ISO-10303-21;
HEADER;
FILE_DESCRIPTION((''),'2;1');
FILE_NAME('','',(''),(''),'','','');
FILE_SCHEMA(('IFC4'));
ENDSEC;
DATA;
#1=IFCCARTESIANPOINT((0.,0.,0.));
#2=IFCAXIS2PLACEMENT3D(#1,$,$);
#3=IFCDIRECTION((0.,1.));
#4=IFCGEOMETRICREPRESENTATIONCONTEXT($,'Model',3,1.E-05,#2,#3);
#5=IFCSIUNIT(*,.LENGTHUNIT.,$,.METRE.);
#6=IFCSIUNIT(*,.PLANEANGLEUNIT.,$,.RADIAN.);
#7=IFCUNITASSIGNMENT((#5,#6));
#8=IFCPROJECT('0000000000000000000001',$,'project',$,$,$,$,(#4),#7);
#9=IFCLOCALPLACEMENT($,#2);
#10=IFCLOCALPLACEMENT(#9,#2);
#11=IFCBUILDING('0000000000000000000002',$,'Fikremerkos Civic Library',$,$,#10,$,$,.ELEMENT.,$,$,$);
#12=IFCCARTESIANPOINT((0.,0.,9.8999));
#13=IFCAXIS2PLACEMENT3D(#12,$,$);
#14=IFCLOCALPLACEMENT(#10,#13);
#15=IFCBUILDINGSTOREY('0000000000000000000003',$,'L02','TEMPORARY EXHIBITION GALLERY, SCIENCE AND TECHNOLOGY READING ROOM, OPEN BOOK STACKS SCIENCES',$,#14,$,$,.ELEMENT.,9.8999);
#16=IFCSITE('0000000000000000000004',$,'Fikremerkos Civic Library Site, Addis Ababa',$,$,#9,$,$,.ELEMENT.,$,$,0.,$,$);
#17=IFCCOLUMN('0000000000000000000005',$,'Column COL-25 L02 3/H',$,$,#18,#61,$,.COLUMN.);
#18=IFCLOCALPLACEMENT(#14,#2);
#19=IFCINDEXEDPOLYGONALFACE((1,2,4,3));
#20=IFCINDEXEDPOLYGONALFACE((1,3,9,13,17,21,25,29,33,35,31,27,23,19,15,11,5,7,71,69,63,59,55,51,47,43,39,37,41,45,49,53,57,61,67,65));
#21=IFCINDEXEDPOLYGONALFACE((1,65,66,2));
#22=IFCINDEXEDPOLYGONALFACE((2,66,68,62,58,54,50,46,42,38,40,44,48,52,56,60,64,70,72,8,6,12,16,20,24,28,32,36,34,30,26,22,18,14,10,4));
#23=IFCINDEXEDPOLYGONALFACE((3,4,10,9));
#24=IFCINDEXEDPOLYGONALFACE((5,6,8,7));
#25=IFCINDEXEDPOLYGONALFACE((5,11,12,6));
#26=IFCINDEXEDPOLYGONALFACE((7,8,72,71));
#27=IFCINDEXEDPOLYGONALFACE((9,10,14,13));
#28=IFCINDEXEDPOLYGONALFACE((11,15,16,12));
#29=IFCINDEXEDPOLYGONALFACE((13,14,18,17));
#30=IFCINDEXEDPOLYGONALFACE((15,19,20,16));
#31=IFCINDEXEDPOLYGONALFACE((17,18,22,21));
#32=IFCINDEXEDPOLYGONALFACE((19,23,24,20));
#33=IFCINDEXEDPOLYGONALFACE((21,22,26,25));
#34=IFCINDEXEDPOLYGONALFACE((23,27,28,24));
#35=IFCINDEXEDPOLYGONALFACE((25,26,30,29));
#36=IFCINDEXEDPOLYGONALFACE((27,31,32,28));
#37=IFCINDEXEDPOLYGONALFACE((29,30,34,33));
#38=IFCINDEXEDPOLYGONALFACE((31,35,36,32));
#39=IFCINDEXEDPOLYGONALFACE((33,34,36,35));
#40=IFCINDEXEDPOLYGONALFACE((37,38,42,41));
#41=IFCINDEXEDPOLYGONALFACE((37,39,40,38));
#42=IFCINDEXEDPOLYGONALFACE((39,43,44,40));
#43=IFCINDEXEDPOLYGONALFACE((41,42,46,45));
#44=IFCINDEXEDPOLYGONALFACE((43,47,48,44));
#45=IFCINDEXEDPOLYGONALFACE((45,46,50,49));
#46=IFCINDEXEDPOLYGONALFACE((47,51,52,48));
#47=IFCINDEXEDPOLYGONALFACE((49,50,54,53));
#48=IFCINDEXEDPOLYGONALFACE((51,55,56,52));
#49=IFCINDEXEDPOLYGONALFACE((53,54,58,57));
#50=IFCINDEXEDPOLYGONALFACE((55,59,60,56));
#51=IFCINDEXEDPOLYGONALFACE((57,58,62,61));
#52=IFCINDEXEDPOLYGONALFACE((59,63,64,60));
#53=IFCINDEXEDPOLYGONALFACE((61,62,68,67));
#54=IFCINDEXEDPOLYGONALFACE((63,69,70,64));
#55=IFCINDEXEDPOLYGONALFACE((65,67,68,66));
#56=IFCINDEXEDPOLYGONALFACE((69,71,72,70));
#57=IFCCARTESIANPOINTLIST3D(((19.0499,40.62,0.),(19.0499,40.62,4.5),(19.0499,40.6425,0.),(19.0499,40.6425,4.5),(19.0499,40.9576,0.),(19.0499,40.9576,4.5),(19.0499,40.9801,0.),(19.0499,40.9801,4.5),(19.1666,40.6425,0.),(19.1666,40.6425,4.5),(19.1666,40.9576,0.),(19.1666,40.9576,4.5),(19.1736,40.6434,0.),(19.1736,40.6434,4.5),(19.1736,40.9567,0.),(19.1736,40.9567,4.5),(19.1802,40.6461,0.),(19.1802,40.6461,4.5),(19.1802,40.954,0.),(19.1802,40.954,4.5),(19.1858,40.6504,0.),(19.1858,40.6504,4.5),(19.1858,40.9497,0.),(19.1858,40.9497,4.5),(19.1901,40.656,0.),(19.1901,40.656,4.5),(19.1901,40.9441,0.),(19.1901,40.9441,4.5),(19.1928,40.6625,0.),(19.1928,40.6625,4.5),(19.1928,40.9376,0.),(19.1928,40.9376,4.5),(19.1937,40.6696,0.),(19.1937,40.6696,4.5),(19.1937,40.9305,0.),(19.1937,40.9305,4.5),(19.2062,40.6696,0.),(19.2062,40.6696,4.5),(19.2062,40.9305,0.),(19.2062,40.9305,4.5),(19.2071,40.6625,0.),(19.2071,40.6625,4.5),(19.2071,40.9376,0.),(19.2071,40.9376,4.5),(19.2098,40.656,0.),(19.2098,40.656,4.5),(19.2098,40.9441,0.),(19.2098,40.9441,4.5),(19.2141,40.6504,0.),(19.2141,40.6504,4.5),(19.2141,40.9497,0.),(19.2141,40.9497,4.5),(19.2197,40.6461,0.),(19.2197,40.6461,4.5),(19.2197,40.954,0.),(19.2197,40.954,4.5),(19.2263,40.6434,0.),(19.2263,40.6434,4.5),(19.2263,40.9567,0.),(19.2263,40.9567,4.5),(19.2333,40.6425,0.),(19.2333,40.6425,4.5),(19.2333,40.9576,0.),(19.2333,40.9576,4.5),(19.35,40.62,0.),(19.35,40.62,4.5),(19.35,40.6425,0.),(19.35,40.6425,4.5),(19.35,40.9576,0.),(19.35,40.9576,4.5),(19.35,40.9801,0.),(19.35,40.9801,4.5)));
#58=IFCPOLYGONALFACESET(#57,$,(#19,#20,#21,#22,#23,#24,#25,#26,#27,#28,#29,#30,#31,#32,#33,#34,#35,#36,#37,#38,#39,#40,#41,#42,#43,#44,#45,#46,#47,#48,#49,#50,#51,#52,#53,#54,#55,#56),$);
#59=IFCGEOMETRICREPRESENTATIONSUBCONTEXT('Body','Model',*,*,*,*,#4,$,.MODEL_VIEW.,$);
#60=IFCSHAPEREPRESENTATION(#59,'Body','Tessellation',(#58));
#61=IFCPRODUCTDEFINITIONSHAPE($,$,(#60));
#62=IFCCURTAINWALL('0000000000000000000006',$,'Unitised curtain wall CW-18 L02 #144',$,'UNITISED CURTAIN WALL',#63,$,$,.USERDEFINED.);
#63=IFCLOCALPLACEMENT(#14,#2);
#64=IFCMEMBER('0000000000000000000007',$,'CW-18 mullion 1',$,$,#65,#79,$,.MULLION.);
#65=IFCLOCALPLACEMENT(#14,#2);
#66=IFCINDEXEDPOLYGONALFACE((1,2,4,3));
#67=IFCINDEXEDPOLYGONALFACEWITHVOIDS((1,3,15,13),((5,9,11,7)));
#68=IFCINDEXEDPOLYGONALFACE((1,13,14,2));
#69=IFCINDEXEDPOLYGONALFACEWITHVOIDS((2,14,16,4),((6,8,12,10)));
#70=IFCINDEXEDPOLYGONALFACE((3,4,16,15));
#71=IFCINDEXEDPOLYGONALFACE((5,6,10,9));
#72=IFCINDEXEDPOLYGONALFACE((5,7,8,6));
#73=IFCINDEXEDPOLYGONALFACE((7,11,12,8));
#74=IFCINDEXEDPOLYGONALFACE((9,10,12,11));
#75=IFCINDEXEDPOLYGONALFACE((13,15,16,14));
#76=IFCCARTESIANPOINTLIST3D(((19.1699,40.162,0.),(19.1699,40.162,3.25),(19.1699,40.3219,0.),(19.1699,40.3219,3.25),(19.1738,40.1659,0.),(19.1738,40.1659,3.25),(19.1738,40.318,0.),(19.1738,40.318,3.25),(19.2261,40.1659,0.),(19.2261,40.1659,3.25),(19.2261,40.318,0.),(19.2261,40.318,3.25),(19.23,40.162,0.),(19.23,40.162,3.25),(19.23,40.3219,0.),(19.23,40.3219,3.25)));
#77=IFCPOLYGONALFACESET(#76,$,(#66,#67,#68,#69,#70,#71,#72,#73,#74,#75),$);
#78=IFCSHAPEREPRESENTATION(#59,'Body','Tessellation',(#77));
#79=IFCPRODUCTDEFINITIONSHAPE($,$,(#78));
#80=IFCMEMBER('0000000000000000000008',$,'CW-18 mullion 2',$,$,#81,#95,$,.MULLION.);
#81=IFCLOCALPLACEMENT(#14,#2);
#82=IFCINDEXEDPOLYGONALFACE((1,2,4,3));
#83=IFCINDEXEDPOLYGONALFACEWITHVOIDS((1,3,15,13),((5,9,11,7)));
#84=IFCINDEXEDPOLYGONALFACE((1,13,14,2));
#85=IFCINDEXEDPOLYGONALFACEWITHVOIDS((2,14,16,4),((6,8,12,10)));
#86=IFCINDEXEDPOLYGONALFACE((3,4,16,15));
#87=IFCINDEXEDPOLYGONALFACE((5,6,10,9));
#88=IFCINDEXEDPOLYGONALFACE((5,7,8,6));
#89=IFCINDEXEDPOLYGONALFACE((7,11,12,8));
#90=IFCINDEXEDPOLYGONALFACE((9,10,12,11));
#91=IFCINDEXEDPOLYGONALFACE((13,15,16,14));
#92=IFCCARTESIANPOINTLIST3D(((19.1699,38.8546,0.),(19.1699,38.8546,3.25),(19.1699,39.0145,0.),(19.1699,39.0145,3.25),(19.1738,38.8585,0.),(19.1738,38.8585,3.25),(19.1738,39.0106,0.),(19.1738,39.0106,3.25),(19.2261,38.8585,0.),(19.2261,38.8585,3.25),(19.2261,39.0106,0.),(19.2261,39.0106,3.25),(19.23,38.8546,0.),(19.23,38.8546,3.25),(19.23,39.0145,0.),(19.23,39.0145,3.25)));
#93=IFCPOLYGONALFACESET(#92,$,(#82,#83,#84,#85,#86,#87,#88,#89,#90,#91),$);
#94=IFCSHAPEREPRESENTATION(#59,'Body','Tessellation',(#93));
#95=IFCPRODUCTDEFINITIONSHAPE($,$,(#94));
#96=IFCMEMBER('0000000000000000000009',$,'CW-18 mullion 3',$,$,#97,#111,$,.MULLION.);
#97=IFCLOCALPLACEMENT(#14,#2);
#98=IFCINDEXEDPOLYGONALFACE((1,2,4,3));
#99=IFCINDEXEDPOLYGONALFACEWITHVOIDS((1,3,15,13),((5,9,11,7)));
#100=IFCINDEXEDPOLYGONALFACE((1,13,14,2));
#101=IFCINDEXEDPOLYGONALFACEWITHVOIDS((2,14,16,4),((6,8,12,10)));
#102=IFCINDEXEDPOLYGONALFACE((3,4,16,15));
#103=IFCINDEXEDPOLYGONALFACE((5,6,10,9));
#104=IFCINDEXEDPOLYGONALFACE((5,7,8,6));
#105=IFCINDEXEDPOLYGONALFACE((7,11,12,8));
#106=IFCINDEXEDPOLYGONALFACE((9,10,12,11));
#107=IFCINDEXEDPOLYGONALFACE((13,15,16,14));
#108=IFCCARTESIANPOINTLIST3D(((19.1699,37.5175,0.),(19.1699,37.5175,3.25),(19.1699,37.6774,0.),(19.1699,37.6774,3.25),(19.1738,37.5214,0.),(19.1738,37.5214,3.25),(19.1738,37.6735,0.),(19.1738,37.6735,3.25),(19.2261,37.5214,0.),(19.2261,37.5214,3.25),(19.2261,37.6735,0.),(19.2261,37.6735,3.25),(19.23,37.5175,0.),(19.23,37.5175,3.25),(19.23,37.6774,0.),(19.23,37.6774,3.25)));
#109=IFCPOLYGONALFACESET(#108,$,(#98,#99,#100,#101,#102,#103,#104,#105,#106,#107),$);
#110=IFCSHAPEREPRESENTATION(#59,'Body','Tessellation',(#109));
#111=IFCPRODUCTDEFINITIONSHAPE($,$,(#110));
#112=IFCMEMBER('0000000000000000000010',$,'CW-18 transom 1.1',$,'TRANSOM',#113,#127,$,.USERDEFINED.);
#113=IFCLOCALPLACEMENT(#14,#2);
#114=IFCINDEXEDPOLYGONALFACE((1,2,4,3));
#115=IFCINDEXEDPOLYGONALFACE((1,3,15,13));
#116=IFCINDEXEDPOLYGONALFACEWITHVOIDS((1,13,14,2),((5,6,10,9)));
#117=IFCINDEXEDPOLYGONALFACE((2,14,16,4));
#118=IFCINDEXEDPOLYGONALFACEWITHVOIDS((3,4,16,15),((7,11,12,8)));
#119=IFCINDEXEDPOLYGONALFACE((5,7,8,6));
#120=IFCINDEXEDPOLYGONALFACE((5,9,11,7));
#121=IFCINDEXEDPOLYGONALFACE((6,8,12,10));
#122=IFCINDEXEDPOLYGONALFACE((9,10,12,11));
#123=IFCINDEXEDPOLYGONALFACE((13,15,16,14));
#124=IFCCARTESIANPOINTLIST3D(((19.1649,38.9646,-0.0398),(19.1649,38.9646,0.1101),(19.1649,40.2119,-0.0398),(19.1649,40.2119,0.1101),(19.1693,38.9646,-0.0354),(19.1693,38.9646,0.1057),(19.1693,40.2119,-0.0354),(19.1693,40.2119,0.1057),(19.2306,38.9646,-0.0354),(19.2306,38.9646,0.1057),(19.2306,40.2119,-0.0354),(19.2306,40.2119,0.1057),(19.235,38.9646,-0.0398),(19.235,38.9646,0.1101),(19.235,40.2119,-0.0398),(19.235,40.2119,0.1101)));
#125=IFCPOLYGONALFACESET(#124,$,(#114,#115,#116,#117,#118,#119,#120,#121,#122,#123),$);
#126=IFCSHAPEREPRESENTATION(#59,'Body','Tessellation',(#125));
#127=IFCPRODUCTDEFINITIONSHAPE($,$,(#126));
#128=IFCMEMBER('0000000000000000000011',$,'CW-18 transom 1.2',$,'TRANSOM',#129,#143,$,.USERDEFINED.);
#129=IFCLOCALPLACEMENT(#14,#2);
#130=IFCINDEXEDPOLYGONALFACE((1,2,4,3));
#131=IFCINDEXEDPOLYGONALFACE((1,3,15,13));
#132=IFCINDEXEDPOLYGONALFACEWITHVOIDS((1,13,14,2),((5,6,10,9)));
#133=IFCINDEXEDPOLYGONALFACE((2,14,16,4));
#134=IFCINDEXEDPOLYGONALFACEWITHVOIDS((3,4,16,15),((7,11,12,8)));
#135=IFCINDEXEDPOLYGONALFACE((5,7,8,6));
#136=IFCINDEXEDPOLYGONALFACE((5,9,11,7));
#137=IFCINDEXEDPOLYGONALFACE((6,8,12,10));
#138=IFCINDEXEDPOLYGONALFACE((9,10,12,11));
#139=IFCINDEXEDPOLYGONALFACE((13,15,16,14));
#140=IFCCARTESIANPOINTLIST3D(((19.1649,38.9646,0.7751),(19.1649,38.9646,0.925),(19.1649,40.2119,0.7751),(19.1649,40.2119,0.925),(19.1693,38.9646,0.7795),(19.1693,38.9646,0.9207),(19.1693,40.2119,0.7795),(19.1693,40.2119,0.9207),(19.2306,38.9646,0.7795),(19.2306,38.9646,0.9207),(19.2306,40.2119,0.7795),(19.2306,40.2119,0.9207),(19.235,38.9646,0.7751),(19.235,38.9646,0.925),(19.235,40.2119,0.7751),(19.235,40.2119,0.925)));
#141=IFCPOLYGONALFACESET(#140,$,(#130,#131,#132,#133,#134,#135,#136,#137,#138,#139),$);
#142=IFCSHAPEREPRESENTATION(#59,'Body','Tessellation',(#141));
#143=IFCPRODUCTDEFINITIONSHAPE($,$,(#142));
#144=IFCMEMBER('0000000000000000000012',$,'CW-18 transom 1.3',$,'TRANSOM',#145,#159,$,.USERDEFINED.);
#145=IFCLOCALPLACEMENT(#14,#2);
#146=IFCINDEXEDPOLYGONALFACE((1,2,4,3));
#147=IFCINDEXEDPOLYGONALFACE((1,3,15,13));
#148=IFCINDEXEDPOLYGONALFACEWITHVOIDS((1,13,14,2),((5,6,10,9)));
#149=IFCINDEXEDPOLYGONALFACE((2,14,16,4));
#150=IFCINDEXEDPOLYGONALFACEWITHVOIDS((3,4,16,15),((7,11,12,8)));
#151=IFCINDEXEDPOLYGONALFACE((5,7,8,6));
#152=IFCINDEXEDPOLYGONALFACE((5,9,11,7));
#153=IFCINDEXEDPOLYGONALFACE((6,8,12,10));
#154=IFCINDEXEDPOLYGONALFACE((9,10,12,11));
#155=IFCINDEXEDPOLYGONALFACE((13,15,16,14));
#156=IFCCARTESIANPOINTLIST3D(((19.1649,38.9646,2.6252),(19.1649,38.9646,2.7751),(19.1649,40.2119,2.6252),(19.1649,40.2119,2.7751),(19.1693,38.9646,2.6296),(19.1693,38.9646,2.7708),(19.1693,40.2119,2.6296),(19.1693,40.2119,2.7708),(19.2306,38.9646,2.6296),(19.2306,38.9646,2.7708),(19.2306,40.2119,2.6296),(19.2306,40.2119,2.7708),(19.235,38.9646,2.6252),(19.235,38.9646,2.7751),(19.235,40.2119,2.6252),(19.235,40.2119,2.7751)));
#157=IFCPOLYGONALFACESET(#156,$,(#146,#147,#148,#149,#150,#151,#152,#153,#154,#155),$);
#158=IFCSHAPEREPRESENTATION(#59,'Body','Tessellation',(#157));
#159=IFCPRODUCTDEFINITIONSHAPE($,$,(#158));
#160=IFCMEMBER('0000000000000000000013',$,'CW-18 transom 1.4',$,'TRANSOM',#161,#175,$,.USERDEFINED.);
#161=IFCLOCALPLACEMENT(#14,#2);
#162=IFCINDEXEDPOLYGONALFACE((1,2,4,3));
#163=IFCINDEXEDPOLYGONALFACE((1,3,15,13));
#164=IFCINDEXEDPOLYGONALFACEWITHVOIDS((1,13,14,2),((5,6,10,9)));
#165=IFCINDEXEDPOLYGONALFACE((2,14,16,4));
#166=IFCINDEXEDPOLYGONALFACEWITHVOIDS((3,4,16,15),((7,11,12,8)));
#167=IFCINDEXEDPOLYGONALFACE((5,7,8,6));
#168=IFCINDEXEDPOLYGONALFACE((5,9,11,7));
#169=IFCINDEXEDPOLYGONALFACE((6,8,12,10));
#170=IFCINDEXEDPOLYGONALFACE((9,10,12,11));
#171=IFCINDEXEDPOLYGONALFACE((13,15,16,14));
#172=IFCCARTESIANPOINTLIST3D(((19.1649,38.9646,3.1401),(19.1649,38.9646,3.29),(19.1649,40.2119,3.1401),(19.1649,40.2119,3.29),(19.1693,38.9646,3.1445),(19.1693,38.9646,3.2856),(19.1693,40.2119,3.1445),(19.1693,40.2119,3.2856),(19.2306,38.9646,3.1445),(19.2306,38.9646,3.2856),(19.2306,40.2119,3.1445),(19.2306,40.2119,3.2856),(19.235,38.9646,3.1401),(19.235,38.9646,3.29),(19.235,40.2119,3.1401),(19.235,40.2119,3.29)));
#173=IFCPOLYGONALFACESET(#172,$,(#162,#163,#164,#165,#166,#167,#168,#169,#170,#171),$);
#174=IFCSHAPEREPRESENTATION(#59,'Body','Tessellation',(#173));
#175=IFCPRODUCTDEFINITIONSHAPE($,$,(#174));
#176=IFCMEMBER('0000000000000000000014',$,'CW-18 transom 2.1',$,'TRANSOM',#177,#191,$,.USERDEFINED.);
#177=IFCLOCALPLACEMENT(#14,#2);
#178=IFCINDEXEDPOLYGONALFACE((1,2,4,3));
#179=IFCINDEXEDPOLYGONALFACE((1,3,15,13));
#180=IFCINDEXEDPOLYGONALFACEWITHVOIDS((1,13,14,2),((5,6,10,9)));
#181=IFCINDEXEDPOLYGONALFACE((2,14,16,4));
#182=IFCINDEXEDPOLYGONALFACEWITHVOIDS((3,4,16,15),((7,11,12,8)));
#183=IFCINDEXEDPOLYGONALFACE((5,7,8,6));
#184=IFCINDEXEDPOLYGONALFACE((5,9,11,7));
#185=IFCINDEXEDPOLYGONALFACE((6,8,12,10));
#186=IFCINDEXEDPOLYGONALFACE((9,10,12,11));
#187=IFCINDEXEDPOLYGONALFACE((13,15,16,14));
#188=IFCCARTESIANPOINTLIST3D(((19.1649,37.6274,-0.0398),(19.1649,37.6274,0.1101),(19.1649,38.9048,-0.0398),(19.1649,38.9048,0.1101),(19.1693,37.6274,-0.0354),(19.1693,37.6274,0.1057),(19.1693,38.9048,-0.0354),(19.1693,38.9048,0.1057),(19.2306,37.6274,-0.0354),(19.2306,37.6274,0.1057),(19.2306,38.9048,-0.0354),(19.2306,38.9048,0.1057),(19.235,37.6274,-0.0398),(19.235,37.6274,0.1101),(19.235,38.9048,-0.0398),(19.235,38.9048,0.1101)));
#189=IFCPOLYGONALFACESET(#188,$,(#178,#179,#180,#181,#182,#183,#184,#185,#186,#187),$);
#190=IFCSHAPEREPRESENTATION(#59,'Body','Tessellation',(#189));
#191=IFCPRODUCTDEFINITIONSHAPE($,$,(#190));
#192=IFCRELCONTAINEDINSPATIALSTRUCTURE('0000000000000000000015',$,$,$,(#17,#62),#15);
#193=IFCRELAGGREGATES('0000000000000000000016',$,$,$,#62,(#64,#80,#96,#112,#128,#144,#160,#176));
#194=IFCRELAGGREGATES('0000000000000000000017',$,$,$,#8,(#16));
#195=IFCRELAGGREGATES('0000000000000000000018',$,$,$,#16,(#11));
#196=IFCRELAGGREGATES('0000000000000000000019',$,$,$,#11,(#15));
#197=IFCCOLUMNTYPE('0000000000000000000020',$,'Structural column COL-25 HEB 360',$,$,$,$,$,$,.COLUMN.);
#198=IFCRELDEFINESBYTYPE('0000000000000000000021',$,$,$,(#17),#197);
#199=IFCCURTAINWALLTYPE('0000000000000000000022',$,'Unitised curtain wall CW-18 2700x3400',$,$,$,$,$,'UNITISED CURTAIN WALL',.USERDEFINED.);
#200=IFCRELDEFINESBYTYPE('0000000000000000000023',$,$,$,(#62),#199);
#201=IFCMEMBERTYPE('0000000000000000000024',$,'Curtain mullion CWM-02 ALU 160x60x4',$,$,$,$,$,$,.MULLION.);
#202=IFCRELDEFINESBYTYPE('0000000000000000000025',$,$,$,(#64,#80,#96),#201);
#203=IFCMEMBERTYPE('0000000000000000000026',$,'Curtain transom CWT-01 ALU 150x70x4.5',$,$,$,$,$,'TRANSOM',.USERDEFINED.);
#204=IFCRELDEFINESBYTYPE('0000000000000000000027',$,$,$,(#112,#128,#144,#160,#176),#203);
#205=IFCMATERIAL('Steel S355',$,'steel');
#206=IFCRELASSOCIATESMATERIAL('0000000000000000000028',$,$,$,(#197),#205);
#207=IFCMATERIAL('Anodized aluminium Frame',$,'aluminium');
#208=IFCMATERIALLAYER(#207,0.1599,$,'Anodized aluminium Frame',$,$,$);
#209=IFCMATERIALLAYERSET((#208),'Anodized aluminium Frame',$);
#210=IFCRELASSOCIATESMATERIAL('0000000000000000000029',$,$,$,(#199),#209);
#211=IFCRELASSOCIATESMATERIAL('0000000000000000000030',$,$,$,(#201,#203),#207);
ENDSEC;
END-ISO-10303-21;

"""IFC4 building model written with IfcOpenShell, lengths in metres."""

from ifc_helpers import new_model, si_unit, direction, frame, origin, origin_2d, place, context, subcontext, project, spatial, hollow_rectangle, i_section, extrude, material, layer, layer_set, material_profile, profile_set, type_object, element, aggregate, save


model = new_model("IFC4")

# Units and contexts
model_context = context("Model", 3, precision=1e-05, world=origin(), true_north=direction((0.0, 1.0)))
body_context = subcontext(model_context, "Body", "Model", "MODEL_VIEW")
ifc_project = project(units=[si_unit("LENGTHUNIT", "METRE"), si_unit("PLANEANGLEUNIT", "RADIAN")], contexts=[model_context])

# Site, building, storey
site_placement = place(None, origin())
site = spatial("IfcSite", under=ifc_project, at=site_placement, Name="Fikremerkos Civic Library Site, Addis Ababa", CompositionType="ELEMENT", RefElevation=0.0)
building_placement = place(site_placement, origin())
building = spatial("IfcBuilding", under=site, at=building_placement, Name="Fikremerkos Civic Library", CompositionType="ELEMENT")
storey_placement = place(building_placement, frame((0.0, 0.0, 9.8999)))
storey = spatial("IfcBuildingStorey", under=building, at=storey_placement, Name="L02", Description="TEMPORARY EXHIBITION GALLERY, SCIENCE AND TECHNOLOGY READING ROOM, OPEN BOOK STACKS SCIENCES", CompositionType="ELEMENT", Elevation=9.8999)

# Column
ifc_material_1 = material(Name="Steel S355", Category="steel")
ifc_material_profile_1 = material_profile(ifc_material_1, i_section(OverallWidth=0.3, OverallDepth=0.3601, WebThickness=0.0125, FlangeThickness=0.0225, FilletRadius=0.0271, at=origin_2d()), Name="HEB 360")
ifc_profile_set_1 = profile_set([ifc_material_profile_1], Name="Steel S355")
column_type = type_object("IfcColumnType", Name="Structural column COL-25 HEB 360", PredefinedType="COLUMN", material=ifc_profile_set_1)
column_placement = place(storey_placement, frame((19.2, 40.8, 0.0), z_axis=(0.0, 0.0, 1.0), x_axis=(1.0, 0.0, 0.0)))
element("IfcColumn", 1, at=column_placement, inside=storey, type_object=column_type, Name="Column COL-25 L02 3/H", PredefinedType="COLUMN", context=body_context, shape_type="SweptSolid", body=[
    extrude(i_section(OverallWidth=0.3, OverallDepth=0.3601, WebThickness=0.0125, FlangeThickness=0.0225, FilletRadius=0.0271, at=origin_2d()), origin(), (0.0, 0.0, 1.0), 4.5),
])

# Curtain wall, members
ifc_material_2 = material(Name="Anodized aluminium Frame", Category="aluminium")
ifc_layer_1 = layer(ifc_material_2, 0.1599, Name="Anodized aluminium Frame")
ifc_layer_set_1 = layer_set([ifc_layer_1], Name="Anodized aluminium Frame")
curtain_wall_type_1 = type_object("IfcCurtainWallType", Name="Unitised curtain wall CW-18 2700x3400", ElementType="UNITISED CURTAIN WALL", PredefinedType="USERDEFINED", material=ifc_layer_set_1)
curtain_wall_1_placement = place(storey_placement, origin())
curtain_wall_1 = element("IfcCurtainWall", 2, at=curtain_wall_1_placement, inside=storey, type_object=curtain_wall_type_1, Name="Unitised curtain wall CW-18 L02 #144", ObjectType="UNITISED CURTAIN WALL", PredefinedType="USERDEFINED")
ifc_material_profile_2 = material_profile(ifc_material_2, hollow_rectangle(XDim=0.0601, YDim=0.1599, WallThickness=0.0039, at=origin_2d()), Name="ALU 160x60x4")
ifc_profile_set_2 = profile_set([ifc_material_profile_2], Name="Anodized aluminium Frame")
member_type_1 = type_object("IfcMemberType", Name="Curtain mullion CWM-02 ALU 160x60x4", PredefinedType="MULLION", material=ifc_profile_set_2)
member_1_placement = place(storey_placement, frame((19.2, 40.2419, 0.0), z_axis=(0.0, 0.0, 1.0), x_axis=(1.0, 0.0, 0.0)))
member_1 = element("IfcMember", 3, at=member_1_placement, type_object=member_type_1, Name="CW-18 mullion 1", PredefinedType="MULLION", context=body_context, shape_type="SweptSolid", body=[
    extrude(hollow_rectangle(XDim=0.0601, YDim=0.1599, WallThickness=0.0039, at=origin_2d()), origin(), (0.0, 0.0, 1.0), 3.25),
])
member_2_placement = place(storey_placement, frame((19.2, 38.9346, 0.0), z_axis=(0.0, 0.0, 1.0), x_axis=(1.0, 0.0, 0.0)))
member_2 = element("IfcMember", 4, at=member_2_placement, type_object=member_type_1, Name="CW-18 mullion 2", PredefinedType="MULLION", context=body_context, shape_type="SweptSolid", body=[
    extrude(hollow_rectangle(XDim=0.0601, YDim=0.1599, WallThickness=0.0039, at=origin_2d()), origin(), (0.0, 0.0, 1.0), 3.25),
])
member_3_placement = place(storey_placement, frame((19.2, 37.5974, 0.0), z_axis=(0.0, 0.0, 1.0), x_axis=(1.0, 0.0, 0.0)))
member_3 = element("IfcMember", 5, at=member_3_placement, type_object=member_type_1, Name="CW-18 mullion 3", PredefinedType="MULLION", context=body_context, shape_type="SweptSolid", body=[
    extrude(hollow_rectangle(XDim=0.0601, YDim=0.1599, WallThickness=0.0039, at=origin_2d()), origin(), (0.0, 0.0, 1.0), 3.25),
])
ifc_material_profile_3 = material_profile(ifc_material_2, hollow_rectangle(XDim=0.0701, YDim=0.1499, WallThickness=0.0044, at=origin_2d()), Name="ALU 150x70x4.5")
ifc_profile_set_3 = profile_set([ifc_material_profile_3], Name="Anodized aluminium Frame")
member_type_2 = type_object("IfcMemberType", Name="Curtain transom CWT-01 ALU 150x70x4.5", ElementType="TRANSOM", PredefinedType="USERDEFINED", material=ifc_profile_set_3)
member_4_placement = place(storey_placement, frame((19.2, 40.2119, 0.0352), z_axis=(0.0, -1.0, 0.0), x_axis=(1.0, 0.0, 0.0)))
member_4 = element("IfcMember", 6, at=member_4_placement, type_object=member_type_2, Name="CW-18 transom 1.1", ObjectType="TRANSOM", PredefinedType="USERDEFINED", context=body_context, shape_type="SweptSolid", body=[
    extrude(hollow_rectangle(XDim=0.0701, YDim=0.1499, WallThickness=0.0044, at=origin_2d()), origin(), (0.0, 0.0, 1.0), 1.2473),
])
member_5_placement = place(storey_placement, frame((19.2, 40.2119, 0.8501), z_axis=(0.0, -1.0, 0.0), x_axis=(1.0, 0.0, 0.0)))
member_5 = element("IfcMember", 7, at=member_5_placement, type_object=member_type_2, Name="CW-18 transom 1.2", ObjectType="TRANSOM", PredefinedType="USERDEFINED", context=body_context, shape_type="SweptSolid", body=[
    extrude(hollow_rectangle(XDim=0.0701, YDim=0.1499, WallThickness=0.0044, at=origin_2d()), origin(), (0.0, 0.0, 1.0), 1.2473),
])
member_6_placement = place(storey_placement, frame((19.2, 40.2119, 2.7002), z_axis=(0.0, -1.0, 0.0), x_axis=(1.0, 0.0, 0.0)))
member_6 = element("IfcMember", 8, at=member_6_placement, type_object=member_type_2, Name="CW-18 transom 1.3", ObjectType="TRANSOM", PredefinedType="USERDEFINED", context=body_context, shape_type="SweptSolid", body=[
    extrude(hollow_rectangle(XDim=0.0701, YDim=0.1499, WallThickness=0.0044, at=origin_2d()), origin(), (0.0, 0.0, 1.0), 1.2473),
])
member_7_placement = place(storey_placement, frame((19.2, 40.2119, 3.2151), z_axis=(0.0, -1.0, 0.0), x_axis=(1.0, 0.0, 0.0)))
member_7 = element("IfcMember", 9, at=member_7_placement, type_object=member_type_2, Name="CW-18 transom 1.4", ObjectType="TRANSOM", PredefinedType="USERDEFINED", context=body_context, shape_type="SweptSolid", body=[
    extrude(hollow_rectangle(XDim=0.0701, YDim=0.1499, WallThickness=0.0044, at=origin_2d()), origin(), (0.0, 0.0, 1.0), 1.2473),
])
member_8_placement = place(storey_placement, frame((19.2, 38.9048, 0.0352), z_axis=(0.0, -1.0, 0.0), x_axis=(1.0, 0.0, 0.0)))
member_8 = element("IfcMember", 10, at=member_8_placement, type_object=member_type_2, Name="CW-18 transom 2.1", ObjectType="TRANSOM", PredefinedType="USERDEFINED", context=body_context, shape_type="SweptSolid", body=[
    extrude(hollow_rectangle(XDim=0.0701, YDim=0.1499, WallThickness=0.0044, at=origin_2d()), origin(), (0.0, 0.0, 1.0), 1.2773),
])

aggregate(curtain_wall_1, [member_1, member_2, member_3, member_4, member_5, member_6, member_7, member_8])

save(model, "model.ifc")
